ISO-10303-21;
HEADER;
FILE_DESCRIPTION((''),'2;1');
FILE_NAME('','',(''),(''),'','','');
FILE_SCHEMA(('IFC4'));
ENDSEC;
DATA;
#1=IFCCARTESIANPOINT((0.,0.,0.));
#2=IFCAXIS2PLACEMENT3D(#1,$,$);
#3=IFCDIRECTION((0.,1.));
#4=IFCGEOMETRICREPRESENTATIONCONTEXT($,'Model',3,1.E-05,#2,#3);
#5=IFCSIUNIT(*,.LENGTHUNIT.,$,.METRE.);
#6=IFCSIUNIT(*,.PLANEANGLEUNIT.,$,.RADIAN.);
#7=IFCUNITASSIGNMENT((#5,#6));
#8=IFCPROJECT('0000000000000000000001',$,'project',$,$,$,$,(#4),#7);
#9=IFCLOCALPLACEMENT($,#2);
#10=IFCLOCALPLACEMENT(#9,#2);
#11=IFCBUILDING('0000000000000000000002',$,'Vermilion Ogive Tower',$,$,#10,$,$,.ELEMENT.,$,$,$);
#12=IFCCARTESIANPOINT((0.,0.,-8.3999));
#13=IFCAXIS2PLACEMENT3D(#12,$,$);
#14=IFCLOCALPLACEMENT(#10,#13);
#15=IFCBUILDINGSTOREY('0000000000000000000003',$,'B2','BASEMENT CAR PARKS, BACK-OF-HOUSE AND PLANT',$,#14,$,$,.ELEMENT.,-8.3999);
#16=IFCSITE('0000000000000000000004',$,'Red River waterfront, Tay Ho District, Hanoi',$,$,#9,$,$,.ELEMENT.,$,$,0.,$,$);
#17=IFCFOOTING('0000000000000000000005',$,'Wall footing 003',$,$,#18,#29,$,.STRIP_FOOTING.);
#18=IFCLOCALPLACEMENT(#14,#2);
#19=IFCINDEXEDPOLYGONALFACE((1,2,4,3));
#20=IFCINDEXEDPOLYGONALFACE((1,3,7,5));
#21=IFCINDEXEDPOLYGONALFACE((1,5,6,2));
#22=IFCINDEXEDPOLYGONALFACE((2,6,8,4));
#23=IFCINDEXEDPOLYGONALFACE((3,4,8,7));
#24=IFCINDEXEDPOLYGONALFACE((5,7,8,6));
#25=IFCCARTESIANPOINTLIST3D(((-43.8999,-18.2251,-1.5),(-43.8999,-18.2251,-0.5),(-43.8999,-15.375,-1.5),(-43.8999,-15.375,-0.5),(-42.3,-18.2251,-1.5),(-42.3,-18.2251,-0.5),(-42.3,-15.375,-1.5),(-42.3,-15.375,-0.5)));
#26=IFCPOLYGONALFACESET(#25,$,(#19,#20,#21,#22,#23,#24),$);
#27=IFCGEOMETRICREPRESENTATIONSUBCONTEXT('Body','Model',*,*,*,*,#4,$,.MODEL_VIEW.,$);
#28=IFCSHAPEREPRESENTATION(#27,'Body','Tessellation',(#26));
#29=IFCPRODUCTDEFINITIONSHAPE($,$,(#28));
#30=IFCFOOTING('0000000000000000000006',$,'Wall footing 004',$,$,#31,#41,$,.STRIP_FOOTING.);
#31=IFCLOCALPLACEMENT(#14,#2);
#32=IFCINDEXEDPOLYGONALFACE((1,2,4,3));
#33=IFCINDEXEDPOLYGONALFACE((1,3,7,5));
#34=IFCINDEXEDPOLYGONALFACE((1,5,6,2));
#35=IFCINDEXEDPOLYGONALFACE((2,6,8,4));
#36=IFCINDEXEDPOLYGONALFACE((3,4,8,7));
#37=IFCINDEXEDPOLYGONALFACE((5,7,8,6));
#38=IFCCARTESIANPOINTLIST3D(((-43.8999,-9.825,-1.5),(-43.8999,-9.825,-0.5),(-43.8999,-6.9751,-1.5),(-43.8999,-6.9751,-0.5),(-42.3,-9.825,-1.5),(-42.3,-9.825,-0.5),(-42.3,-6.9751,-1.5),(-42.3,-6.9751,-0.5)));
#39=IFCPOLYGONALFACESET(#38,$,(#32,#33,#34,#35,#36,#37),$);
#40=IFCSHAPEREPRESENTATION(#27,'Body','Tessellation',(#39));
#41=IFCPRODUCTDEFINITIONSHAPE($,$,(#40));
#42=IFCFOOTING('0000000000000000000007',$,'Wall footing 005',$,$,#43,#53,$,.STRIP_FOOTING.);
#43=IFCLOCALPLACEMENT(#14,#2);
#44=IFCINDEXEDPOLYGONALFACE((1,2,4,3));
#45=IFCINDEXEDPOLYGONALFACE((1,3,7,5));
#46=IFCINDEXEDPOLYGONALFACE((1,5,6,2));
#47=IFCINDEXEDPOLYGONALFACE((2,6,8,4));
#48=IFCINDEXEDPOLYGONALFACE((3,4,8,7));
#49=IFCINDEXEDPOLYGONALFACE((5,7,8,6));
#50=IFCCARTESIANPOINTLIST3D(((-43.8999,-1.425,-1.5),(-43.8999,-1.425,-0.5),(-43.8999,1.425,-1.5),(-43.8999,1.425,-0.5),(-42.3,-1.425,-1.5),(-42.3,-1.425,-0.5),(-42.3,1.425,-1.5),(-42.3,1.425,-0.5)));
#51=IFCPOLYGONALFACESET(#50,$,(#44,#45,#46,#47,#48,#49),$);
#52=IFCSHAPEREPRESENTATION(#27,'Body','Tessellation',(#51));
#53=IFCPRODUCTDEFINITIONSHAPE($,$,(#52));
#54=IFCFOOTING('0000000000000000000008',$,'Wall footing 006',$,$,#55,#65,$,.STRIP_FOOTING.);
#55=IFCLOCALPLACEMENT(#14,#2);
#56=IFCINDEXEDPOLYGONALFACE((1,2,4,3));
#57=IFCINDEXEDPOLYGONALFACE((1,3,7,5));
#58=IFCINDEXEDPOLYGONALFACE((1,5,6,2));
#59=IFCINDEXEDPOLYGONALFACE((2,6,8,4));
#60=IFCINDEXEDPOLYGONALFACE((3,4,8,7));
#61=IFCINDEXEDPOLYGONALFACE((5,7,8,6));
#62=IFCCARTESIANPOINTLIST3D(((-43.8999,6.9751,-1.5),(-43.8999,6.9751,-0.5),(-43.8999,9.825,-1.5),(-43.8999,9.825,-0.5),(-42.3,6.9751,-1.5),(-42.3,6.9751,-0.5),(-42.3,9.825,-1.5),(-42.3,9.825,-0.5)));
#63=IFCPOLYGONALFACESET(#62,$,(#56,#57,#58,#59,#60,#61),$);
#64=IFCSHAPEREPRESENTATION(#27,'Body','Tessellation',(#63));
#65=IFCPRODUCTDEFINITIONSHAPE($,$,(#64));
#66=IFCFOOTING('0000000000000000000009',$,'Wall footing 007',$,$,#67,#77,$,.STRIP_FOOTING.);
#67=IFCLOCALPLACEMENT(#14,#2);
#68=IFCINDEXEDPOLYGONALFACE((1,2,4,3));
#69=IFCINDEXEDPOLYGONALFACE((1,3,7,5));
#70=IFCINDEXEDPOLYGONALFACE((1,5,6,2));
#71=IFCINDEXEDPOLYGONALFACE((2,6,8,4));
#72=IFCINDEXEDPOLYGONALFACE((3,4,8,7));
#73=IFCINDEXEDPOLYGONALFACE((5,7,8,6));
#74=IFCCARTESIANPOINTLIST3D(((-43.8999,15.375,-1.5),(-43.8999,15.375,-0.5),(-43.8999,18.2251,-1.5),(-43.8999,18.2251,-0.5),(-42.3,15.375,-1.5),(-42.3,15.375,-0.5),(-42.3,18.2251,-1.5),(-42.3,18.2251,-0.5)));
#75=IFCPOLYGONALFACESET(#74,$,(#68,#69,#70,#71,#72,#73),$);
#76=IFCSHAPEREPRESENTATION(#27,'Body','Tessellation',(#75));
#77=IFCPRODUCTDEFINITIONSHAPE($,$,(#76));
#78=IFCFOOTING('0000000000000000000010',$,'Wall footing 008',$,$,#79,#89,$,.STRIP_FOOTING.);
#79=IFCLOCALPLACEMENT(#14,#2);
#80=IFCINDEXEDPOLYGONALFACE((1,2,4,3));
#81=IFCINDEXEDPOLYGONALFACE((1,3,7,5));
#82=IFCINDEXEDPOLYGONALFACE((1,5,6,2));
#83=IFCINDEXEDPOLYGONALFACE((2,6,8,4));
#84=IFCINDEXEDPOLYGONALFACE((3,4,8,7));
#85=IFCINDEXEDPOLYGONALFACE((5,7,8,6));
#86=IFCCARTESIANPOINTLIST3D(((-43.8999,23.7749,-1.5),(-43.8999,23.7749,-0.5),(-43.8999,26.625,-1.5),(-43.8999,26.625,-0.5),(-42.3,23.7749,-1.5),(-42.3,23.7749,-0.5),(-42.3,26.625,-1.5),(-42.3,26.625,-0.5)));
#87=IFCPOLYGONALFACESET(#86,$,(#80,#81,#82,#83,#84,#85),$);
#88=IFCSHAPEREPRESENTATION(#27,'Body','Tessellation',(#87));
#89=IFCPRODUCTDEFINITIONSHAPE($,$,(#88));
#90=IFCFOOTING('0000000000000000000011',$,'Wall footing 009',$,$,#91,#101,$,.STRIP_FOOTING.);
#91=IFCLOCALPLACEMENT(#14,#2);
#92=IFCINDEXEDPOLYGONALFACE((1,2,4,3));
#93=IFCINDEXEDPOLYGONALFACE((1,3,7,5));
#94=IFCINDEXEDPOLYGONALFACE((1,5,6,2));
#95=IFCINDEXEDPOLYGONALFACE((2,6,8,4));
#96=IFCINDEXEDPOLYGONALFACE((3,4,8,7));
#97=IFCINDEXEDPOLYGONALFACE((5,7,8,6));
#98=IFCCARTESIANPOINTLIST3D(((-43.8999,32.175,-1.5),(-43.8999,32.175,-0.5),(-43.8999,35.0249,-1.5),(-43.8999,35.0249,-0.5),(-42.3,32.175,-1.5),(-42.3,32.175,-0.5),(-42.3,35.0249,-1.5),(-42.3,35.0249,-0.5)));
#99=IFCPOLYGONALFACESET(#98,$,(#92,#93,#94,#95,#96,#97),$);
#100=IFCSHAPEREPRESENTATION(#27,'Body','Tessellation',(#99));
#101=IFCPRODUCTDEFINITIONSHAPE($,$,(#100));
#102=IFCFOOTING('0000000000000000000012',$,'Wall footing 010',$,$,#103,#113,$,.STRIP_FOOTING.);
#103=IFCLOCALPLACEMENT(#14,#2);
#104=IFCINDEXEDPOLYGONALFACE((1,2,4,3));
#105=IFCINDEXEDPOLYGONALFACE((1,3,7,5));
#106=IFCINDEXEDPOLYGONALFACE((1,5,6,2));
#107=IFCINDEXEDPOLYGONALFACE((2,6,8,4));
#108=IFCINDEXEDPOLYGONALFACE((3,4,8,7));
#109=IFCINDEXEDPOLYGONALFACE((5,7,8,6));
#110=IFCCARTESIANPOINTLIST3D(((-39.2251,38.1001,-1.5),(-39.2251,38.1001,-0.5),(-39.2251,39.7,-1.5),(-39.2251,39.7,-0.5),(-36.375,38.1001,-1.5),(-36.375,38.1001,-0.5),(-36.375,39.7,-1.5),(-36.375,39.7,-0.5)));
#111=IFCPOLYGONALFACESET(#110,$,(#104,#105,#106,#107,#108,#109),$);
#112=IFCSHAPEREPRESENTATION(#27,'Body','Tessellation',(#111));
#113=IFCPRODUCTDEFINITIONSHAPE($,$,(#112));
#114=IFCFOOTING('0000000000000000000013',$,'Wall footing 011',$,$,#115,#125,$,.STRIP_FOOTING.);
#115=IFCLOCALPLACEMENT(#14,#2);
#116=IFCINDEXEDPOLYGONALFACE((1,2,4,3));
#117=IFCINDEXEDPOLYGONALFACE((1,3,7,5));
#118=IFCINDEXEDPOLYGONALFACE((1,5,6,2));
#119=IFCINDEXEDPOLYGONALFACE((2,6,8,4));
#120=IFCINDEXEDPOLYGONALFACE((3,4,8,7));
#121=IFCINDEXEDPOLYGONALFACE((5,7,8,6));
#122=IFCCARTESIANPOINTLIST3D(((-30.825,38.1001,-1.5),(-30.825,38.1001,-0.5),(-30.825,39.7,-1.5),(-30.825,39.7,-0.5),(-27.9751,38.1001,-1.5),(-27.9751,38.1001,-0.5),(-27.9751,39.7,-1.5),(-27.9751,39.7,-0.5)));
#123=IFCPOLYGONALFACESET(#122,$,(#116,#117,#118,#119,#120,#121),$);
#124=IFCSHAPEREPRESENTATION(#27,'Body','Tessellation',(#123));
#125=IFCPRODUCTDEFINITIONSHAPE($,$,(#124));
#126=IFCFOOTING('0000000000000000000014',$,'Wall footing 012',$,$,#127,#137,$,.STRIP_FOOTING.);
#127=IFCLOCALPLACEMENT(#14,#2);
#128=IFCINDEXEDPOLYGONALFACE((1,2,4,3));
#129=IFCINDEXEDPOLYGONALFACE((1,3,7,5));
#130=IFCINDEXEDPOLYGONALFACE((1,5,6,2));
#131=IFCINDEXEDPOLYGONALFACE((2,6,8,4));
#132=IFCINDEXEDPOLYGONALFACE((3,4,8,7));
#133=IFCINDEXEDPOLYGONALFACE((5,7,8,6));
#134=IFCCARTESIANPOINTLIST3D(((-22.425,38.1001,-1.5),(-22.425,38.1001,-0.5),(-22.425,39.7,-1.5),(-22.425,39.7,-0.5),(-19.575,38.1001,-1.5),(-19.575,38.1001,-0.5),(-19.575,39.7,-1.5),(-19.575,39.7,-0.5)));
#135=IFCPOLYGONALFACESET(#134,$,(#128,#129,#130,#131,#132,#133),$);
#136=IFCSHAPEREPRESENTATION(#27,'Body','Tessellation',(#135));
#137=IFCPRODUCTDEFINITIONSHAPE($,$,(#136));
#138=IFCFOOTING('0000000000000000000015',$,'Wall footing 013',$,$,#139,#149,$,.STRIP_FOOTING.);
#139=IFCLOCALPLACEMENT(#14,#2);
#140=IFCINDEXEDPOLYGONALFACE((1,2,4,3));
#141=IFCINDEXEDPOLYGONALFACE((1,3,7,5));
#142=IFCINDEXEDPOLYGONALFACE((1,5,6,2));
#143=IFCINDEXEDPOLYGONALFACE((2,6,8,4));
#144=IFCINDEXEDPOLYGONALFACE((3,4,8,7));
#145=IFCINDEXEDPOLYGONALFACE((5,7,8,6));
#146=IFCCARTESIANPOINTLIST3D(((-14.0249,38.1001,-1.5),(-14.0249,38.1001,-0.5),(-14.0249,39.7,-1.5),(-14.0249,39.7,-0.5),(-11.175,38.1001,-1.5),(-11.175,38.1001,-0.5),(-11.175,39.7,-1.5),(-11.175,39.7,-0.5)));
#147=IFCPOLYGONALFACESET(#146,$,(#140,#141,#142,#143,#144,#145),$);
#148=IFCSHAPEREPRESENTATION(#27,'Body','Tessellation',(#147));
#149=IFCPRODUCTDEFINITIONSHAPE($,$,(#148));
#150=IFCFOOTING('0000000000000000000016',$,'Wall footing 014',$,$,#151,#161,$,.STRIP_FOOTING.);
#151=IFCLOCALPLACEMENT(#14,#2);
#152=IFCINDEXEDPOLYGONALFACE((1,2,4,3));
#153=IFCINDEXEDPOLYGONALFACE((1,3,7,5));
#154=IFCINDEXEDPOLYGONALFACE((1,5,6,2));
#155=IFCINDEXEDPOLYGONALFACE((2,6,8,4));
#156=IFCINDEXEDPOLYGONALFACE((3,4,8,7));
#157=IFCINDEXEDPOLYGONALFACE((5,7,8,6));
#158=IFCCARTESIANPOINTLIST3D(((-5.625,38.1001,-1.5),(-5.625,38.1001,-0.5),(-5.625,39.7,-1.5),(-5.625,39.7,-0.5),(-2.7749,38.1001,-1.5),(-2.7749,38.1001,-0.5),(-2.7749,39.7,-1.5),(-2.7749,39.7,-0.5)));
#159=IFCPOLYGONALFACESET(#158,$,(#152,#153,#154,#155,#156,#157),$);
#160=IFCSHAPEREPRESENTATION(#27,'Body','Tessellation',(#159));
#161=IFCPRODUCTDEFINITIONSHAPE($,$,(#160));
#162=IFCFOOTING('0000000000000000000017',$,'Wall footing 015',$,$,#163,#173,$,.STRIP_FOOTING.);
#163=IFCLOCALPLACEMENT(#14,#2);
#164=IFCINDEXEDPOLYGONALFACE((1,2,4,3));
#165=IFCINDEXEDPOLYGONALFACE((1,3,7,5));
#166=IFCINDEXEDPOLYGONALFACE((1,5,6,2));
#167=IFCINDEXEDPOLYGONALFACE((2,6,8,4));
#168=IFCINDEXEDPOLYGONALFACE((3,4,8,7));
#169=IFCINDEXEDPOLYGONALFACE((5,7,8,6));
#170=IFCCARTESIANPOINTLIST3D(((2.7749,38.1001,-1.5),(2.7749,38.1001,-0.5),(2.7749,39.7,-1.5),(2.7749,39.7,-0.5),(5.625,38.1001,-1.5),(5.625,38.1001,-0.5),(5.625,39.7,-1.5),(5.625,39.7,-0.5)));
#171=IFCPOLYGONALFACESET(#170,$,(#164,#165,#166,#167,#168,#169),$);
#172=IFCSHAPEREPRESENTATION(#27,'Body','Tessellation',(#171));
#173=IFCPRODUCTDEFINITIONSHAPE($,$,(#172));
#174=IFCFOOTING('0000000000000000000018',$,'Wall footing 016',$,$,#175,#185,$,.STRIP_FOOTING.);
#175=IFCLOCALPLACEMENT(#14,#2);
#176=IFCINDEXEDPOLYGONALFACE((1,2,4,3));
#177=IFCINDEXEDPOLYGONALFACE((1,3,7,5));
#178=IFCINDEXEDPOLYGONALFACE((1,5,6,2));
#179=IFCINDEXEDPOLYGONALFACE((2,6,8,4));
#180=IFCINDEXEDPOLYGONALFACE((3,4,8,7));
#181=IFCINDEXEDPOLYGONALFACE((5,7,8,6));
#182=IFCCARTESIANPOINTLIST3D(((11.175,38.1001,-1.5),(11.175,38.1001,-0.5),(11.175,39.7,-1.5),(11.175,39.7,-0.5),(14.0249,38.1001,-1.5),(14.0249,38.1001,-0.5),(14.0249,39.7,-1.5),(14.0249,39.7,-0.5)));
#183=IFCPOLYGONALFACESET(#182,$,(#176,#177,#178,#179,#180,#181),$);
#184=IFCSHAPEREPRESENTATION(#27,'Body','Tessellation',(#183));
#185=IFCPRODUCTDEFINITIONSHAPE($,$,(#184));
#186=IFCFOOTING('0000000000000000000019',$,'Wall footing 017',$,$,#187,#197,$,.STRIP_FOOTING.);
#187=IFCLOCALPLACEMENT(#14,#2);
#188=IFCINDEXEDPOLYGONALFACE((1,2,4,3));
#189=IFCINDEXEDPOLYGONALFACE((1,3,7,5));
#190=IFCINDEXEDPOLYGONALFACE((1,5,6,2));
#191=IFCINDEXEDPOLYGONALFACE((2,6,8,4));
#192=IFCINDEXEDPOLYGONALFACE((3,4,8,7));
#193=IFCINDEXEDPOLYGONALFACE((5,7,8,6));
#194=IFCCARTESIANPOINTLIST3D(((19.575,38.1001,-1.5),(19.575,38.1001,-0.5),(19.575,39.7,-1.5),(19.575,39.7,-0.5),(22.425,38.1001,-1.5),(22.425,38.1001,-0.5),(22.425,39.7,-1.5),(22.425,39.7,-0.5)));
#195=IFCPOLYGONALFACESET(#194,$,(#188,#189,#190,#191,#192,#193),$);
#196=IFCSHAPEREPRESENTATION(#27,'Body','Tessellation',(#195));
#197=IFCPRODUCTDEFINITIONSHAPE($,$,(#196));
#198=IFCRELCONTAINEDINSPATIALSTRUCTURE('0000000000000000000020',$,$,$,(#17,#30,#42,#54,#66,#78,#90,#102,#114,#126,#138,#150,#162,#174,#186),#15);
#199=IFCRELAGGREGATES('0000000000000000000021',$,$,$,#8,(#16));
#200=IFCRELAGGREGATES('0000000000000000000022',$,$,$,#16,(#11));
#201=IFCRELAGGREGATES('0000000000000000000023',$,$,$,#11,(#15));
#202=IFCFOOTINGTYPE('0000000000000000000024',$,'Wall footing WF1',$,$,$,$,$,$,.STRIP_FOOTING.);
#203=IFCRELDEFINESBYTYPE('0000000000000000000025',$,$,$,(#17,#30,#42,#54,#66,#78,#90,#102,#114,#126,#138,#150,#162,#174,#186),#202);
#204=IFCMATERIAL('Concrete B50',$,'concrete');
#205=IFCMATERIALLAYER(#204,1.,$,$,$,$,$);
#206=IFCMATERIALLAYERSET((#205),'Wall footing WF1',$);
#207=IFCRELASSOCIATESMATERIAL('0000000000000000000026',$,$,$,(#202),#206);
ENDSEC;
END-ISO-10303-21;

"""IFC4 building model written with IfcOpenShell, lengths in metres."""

from ifc_helpers import new_model, si_unit, direction, frame, origin, place, context, subcontext, project, spatial, polyline, outline, extrude, material, layer, layer_set, type_object, element, save


model = new_model("IFC4")

# Units and contexts
model_context = context("Model", 3, precision=1e-05, world=origin(), true_north=direction((0.0, 1.0)))
body_context = subcontext(model_context, "Body", "Model", "MODEL_VIEW")
ifc_project = project(units=[si_unit("LENGTHUNIT", "METRE"), si_unit("PLANEANGLEUNIT", "RADIAN")], contexts=[model_context])

# Site, building, storey
site_placement = place(None, origin())
site = spatial("IfcSite", under=ifc_project, at=site_placement, Name="Red River waterfront, Tay Ho District, Hanoi", CompositionType="ELEMENT", RefElevation=0.0)
building_placement = place(site_placement, origin())
building = spatial("IfcBuilding", under=site, at=building_placement, Name="Vermilion Ogive Tower", CompositionType="ELEMENT")
storey_placement = place(building_placement, frame((0.0, 0.0, -8.3999)))
storey = spatial("IfcBuildingStorey", under=building, at=storey_placement, Name="B2", Description="BASEMENT CAR PARKS, BACK-OF-HOUSE AND PLANT", CompositionType="ELEMENT", Elevation=-8.3999)

# Footings
ifc_material_1 = material(Name="Concrete B50", Category="concrete")
ifc_layer_1 = layer(ifc_material_1, 1.0)
ifc_layer_set_1 = layer_set([ifc_layer_1], Name="Wall footing WF1")
footing_type_1 = type_object("IfcFootingType", Name="Wall footing WF1", PredefinedType="STRIP_FOOTING", material=ifc_layer_set_1)
footing_1_placement = place(storey_placement, frame((0.0, 0.0, -1.5)))
element("IfcFooting", 1, at=footing_1_placement, inside=storey, type_object=footing_type_1, Name="Wall footing 003", PredefinedType="STRIP_FOOTING", context=body_context, shape_type="SweptSolid", body=[
    extrude(outline(polyline([(-42.3, -15.375), (-43.8999, -15.375), (-43.8999, -18.2251), (-42.3, -18.2251), (-42.3, -15.375)])), origin(), (0.0, 0.0, 1.0), 1.0),
])
footing_2_placement = place(storey_placement, frame((0.0, 0.0, -1.5)))
element("IfcFooting", 2, at=footing_2_placement, inside=storey, type_object=footing_type_1, Name="Wall footing 004", PredefinedType="STRIP_FOOTING", context=body_context, shape_type="SweptSolid", body=[
    extrude(outline(polyline([(-42.3, -6.9751), (-43.8999, -6.9751), (-43.8999, -9.825), (-42.3, -9.825), (-42.3, -6.9751)])), origin(), (0.0, 0.0, 1.0), 1.0),
])
footing_3_placement = place(storey_placement, frame((0.0, 0.0, -1.5)))
element("IfcFooting", 3, at=footing_3_placement, inside=storey, type_object=footing_type_1, Name="Wall footing 005", PredefinedType="STRIP_FOOTING", context=body_context, shape_type="SweptSolid", body=[
    extrude(outline(polyline([(-42.3, 1.425), (-43.8999, 1.425), (-43.8999, -1.425), (-42.3, -1.425), (-42.3, 1.425)])), origin(), (0.0, 0.0, 1.0), 1.0),
])
footing_4_placement = place(storey_placement, frame((0.0, 0.0, -1.5)))
element("IfcFooting", 4, at=footing_4_placement, inside=storey, type_object=footing_type_1, Name="Wall footing 006", PredefinedType="STRIP_FOOTING", context=body_context, shape_type="SweptSolid", body=[
    extrude(outline(polyline([(-42.3, 9.825), (-43.8999, 9.825), (-43.8999, 6.9751), (-42.3, 6.9751), (-42.3, 9.825)])), origin(), (0.0, 0.0, 1.0), 1.0),
])
footing_5_placement = place(storey_placement, frame((0.0, 0.0, -1.5)))
element("IfcFooting", 5, at=footing_5_placement, inside=storey, type_object=footing_type_1, Name="Wall footing 007", PredefinedType="STRIP_FOOTING", context=body_context, shape_type="SweptSolid", body=[
    extrude(outline(polyline([(-42.3, 18.2251), (-43.8999, 18.2251), (-43.8999, 15.375), (-42.3, 15.375), (-42.3, 18.2251)])), origin(), (0.0, 0.0, 1.0), 1.0),
])
footing_6_placement = place(storey_placement, frame((0.0, 0.0, -1.5)))
element("IfcFooting", 6, at=footing_6_placement, inside=storey, type_object=footing_type_1, Name="Wall footing 008", PredefinedType="STRIP_FOOTING", context=body_context, shape_type="SweptSolid", body=[
    extrude(outline(polyline([(-42.3, 26.625), (-43.8999, 26.625), (-43.8999, 23.7749), (-42.3, 23.7749), (-42.3, 26.625)])), origin(), (0.0, 0.0, 1.0), 1.0),
])
footing_7_placement = place(storey_placement, frame((0.0, 0.0, -1.5)))
element("IfcFooting", 7, at=footing_7_placement, inside=storey, type_object=footing_type_1, Name="Wall footing 009", PredefinedType="STRIP_FOOTING", context=body_context, shape_type="SweptSolid", body=[
    extrude(outline(polyline([(-42.3, 35.0249), (-43.8999, 35.0249), (-43.8999, 32.175), (-42.3, 32.175), (-42.3, 35.0249)])), origin(), (0.0, 0.0, 1.0), 1.0),
])
footing_8_placement = place(storey_placement, frame((0.0, 0.0, -1.5)))
element("IfcFooting", 8, at=footing_8_placement, inside=storey, type_object=footing_type_1, Name="Wall footing 010", PredefinedType="STRIP_FOOTING", context=body_context, shape_type="SweptSolid", body=[
    extrude(outline(polyline([(-36.375, 38.1001), (-36.375, 39.7), (-39.2251, 39.7), (-39.2251, 38.1001), (-36.375, 38.1001)])), origin(), (0.0, 0.0, 1.0), 1.0),
])
footing_9_placement = place(storey_placement, frame((0.0, 0.0, -1.5)))
element("IfcFooting", 9, at=footing_9_placement, inside=storey, type_object=footing_type_1, Name="Wall footing 011", PredefinedType="STRIP_FOOTING", context=body_context, shape_type="SweptSolid", body=[
    extrude(outline(polyline([(-27.9751, 38.1001), (-27.9751, 39.7), (-30.825, 39.7), (-30.825, 38.1001), (-27.9751, 38.1001)])), origin(), (0.0, 0.0, 1.0), 1.0),
])
footing_10_placement = place(storey_placement, frame((0.0, 0.0, -1.5)))
element("IfcFooting", 10, at=footing_10_placement, inside=storey, type_object=footing_type_1, Name="Wall footing 012", PredefinedType="STRIP_FOOTING", context=body_context, shape_type="SweptSolid", body=[
    extrude(outline(polyline([(-19.575, 38.1001), (-19.575, 39.7), (-22.425, 39.7), (-22.425, 38.1001), (-19.575, 38.1001)])), origin(), (0.0, 0.0, 1.0), 1.0),
])
footing_11_placement = place(storey_placement, frame((0.0, 0.0, -1.5)))
element("IfcFooting", 11, at=footing_11_placement, inside=storey, type_object=footing_type_1, Name="Wall footing 013", PredefinedType="STRIP_FOOTING", context=body_context, shape_type="SweptSolid", body=[
    extrude(outline(polyline([(-11.175, 38.1001), (-11.175, 39.7), (-14.0249, 39.7), (-14.0249, 38.1001), (-11.175, 38.1001)])), origin(), (0.0, 0.0, 1.0), 1.0),
])
footing_12_placement = place(storey_placement, frame((0.0, 0.0, -1.5)))
element("IfcFooting", 12, at=footing_12_placement, inside=storey, type_object=footing_type_1, Name="Wall footing 014", PredefinedType="STRIP_FOOTING", context=body_context, shape_type="SweptSolid", body=[
    extrude(outline(polyline([(-2.7749, 38.1001), (-2.7749, 39.7), (-5.625, 39.7), (-5.625, 38.1001), (-2.7749, 38.1001)])), origin(), (0.0, 0.0, 1.0), 1.0),
])
footing_13_placement = place(storey_placement, frame((0.0, 0.0, -1.5)))
element("IfcFooting", 13, at=footing_13_placement, inside=storey, type_object=footing_type_1, Name="Wall footing 015", PredefinedType="STRIP_FOOTING", context=body_context, shape_type="SweptSolid", body=[
    extrude(outline(polyline([(5.625, 38.1001), (5.625, 39.7), (2.7749, 39.7), (2.7749, 38.1001), (5.625, 38.1001)])), origin(), (0.0, 0.0, 1.0), 1.0),
])
footing_14_placement = place(storey_placement, frame((0.0, 0.0, -1.5)))
element("IfcFooting", 14, at=footing_14_placement, inside=storey, type_object=footing_type_1, Name="Wall footing 016", PredefinedType="STRIP_FOOTING", context=body_context, shape_type="SweptSolid", body=[
    extrude(outline(polyline([(14.0249, 38.1001), (14.0249, 39.7), (11.175, 39.7), (11.175, 38.1001), (14.0249, 38.1001)])), origin(), (0.0, 0.0, 1.0), 1.0),
])
footing_15_placement = place(storey_placement, frame((0.0, 0.0, -1.5)))
element("IfcFooting", 15, at=footing_15_placement, inside=storey, type_object=footing_type_1, Name="Wall footing 017", PredefinedType="STRIP_FOOTING", context=body_context, shape_type="SweptSolid", body=[
    extrude(outline(polyline([(22.425, 38.1001), (22.425, 39.7), (19.575, 39.7), (19.575, 38.1001), (22.425, 38.1001)])), origin(), (0.0, 0.0, 1.0), 1.0),
])

save(model, "model.ifc")
